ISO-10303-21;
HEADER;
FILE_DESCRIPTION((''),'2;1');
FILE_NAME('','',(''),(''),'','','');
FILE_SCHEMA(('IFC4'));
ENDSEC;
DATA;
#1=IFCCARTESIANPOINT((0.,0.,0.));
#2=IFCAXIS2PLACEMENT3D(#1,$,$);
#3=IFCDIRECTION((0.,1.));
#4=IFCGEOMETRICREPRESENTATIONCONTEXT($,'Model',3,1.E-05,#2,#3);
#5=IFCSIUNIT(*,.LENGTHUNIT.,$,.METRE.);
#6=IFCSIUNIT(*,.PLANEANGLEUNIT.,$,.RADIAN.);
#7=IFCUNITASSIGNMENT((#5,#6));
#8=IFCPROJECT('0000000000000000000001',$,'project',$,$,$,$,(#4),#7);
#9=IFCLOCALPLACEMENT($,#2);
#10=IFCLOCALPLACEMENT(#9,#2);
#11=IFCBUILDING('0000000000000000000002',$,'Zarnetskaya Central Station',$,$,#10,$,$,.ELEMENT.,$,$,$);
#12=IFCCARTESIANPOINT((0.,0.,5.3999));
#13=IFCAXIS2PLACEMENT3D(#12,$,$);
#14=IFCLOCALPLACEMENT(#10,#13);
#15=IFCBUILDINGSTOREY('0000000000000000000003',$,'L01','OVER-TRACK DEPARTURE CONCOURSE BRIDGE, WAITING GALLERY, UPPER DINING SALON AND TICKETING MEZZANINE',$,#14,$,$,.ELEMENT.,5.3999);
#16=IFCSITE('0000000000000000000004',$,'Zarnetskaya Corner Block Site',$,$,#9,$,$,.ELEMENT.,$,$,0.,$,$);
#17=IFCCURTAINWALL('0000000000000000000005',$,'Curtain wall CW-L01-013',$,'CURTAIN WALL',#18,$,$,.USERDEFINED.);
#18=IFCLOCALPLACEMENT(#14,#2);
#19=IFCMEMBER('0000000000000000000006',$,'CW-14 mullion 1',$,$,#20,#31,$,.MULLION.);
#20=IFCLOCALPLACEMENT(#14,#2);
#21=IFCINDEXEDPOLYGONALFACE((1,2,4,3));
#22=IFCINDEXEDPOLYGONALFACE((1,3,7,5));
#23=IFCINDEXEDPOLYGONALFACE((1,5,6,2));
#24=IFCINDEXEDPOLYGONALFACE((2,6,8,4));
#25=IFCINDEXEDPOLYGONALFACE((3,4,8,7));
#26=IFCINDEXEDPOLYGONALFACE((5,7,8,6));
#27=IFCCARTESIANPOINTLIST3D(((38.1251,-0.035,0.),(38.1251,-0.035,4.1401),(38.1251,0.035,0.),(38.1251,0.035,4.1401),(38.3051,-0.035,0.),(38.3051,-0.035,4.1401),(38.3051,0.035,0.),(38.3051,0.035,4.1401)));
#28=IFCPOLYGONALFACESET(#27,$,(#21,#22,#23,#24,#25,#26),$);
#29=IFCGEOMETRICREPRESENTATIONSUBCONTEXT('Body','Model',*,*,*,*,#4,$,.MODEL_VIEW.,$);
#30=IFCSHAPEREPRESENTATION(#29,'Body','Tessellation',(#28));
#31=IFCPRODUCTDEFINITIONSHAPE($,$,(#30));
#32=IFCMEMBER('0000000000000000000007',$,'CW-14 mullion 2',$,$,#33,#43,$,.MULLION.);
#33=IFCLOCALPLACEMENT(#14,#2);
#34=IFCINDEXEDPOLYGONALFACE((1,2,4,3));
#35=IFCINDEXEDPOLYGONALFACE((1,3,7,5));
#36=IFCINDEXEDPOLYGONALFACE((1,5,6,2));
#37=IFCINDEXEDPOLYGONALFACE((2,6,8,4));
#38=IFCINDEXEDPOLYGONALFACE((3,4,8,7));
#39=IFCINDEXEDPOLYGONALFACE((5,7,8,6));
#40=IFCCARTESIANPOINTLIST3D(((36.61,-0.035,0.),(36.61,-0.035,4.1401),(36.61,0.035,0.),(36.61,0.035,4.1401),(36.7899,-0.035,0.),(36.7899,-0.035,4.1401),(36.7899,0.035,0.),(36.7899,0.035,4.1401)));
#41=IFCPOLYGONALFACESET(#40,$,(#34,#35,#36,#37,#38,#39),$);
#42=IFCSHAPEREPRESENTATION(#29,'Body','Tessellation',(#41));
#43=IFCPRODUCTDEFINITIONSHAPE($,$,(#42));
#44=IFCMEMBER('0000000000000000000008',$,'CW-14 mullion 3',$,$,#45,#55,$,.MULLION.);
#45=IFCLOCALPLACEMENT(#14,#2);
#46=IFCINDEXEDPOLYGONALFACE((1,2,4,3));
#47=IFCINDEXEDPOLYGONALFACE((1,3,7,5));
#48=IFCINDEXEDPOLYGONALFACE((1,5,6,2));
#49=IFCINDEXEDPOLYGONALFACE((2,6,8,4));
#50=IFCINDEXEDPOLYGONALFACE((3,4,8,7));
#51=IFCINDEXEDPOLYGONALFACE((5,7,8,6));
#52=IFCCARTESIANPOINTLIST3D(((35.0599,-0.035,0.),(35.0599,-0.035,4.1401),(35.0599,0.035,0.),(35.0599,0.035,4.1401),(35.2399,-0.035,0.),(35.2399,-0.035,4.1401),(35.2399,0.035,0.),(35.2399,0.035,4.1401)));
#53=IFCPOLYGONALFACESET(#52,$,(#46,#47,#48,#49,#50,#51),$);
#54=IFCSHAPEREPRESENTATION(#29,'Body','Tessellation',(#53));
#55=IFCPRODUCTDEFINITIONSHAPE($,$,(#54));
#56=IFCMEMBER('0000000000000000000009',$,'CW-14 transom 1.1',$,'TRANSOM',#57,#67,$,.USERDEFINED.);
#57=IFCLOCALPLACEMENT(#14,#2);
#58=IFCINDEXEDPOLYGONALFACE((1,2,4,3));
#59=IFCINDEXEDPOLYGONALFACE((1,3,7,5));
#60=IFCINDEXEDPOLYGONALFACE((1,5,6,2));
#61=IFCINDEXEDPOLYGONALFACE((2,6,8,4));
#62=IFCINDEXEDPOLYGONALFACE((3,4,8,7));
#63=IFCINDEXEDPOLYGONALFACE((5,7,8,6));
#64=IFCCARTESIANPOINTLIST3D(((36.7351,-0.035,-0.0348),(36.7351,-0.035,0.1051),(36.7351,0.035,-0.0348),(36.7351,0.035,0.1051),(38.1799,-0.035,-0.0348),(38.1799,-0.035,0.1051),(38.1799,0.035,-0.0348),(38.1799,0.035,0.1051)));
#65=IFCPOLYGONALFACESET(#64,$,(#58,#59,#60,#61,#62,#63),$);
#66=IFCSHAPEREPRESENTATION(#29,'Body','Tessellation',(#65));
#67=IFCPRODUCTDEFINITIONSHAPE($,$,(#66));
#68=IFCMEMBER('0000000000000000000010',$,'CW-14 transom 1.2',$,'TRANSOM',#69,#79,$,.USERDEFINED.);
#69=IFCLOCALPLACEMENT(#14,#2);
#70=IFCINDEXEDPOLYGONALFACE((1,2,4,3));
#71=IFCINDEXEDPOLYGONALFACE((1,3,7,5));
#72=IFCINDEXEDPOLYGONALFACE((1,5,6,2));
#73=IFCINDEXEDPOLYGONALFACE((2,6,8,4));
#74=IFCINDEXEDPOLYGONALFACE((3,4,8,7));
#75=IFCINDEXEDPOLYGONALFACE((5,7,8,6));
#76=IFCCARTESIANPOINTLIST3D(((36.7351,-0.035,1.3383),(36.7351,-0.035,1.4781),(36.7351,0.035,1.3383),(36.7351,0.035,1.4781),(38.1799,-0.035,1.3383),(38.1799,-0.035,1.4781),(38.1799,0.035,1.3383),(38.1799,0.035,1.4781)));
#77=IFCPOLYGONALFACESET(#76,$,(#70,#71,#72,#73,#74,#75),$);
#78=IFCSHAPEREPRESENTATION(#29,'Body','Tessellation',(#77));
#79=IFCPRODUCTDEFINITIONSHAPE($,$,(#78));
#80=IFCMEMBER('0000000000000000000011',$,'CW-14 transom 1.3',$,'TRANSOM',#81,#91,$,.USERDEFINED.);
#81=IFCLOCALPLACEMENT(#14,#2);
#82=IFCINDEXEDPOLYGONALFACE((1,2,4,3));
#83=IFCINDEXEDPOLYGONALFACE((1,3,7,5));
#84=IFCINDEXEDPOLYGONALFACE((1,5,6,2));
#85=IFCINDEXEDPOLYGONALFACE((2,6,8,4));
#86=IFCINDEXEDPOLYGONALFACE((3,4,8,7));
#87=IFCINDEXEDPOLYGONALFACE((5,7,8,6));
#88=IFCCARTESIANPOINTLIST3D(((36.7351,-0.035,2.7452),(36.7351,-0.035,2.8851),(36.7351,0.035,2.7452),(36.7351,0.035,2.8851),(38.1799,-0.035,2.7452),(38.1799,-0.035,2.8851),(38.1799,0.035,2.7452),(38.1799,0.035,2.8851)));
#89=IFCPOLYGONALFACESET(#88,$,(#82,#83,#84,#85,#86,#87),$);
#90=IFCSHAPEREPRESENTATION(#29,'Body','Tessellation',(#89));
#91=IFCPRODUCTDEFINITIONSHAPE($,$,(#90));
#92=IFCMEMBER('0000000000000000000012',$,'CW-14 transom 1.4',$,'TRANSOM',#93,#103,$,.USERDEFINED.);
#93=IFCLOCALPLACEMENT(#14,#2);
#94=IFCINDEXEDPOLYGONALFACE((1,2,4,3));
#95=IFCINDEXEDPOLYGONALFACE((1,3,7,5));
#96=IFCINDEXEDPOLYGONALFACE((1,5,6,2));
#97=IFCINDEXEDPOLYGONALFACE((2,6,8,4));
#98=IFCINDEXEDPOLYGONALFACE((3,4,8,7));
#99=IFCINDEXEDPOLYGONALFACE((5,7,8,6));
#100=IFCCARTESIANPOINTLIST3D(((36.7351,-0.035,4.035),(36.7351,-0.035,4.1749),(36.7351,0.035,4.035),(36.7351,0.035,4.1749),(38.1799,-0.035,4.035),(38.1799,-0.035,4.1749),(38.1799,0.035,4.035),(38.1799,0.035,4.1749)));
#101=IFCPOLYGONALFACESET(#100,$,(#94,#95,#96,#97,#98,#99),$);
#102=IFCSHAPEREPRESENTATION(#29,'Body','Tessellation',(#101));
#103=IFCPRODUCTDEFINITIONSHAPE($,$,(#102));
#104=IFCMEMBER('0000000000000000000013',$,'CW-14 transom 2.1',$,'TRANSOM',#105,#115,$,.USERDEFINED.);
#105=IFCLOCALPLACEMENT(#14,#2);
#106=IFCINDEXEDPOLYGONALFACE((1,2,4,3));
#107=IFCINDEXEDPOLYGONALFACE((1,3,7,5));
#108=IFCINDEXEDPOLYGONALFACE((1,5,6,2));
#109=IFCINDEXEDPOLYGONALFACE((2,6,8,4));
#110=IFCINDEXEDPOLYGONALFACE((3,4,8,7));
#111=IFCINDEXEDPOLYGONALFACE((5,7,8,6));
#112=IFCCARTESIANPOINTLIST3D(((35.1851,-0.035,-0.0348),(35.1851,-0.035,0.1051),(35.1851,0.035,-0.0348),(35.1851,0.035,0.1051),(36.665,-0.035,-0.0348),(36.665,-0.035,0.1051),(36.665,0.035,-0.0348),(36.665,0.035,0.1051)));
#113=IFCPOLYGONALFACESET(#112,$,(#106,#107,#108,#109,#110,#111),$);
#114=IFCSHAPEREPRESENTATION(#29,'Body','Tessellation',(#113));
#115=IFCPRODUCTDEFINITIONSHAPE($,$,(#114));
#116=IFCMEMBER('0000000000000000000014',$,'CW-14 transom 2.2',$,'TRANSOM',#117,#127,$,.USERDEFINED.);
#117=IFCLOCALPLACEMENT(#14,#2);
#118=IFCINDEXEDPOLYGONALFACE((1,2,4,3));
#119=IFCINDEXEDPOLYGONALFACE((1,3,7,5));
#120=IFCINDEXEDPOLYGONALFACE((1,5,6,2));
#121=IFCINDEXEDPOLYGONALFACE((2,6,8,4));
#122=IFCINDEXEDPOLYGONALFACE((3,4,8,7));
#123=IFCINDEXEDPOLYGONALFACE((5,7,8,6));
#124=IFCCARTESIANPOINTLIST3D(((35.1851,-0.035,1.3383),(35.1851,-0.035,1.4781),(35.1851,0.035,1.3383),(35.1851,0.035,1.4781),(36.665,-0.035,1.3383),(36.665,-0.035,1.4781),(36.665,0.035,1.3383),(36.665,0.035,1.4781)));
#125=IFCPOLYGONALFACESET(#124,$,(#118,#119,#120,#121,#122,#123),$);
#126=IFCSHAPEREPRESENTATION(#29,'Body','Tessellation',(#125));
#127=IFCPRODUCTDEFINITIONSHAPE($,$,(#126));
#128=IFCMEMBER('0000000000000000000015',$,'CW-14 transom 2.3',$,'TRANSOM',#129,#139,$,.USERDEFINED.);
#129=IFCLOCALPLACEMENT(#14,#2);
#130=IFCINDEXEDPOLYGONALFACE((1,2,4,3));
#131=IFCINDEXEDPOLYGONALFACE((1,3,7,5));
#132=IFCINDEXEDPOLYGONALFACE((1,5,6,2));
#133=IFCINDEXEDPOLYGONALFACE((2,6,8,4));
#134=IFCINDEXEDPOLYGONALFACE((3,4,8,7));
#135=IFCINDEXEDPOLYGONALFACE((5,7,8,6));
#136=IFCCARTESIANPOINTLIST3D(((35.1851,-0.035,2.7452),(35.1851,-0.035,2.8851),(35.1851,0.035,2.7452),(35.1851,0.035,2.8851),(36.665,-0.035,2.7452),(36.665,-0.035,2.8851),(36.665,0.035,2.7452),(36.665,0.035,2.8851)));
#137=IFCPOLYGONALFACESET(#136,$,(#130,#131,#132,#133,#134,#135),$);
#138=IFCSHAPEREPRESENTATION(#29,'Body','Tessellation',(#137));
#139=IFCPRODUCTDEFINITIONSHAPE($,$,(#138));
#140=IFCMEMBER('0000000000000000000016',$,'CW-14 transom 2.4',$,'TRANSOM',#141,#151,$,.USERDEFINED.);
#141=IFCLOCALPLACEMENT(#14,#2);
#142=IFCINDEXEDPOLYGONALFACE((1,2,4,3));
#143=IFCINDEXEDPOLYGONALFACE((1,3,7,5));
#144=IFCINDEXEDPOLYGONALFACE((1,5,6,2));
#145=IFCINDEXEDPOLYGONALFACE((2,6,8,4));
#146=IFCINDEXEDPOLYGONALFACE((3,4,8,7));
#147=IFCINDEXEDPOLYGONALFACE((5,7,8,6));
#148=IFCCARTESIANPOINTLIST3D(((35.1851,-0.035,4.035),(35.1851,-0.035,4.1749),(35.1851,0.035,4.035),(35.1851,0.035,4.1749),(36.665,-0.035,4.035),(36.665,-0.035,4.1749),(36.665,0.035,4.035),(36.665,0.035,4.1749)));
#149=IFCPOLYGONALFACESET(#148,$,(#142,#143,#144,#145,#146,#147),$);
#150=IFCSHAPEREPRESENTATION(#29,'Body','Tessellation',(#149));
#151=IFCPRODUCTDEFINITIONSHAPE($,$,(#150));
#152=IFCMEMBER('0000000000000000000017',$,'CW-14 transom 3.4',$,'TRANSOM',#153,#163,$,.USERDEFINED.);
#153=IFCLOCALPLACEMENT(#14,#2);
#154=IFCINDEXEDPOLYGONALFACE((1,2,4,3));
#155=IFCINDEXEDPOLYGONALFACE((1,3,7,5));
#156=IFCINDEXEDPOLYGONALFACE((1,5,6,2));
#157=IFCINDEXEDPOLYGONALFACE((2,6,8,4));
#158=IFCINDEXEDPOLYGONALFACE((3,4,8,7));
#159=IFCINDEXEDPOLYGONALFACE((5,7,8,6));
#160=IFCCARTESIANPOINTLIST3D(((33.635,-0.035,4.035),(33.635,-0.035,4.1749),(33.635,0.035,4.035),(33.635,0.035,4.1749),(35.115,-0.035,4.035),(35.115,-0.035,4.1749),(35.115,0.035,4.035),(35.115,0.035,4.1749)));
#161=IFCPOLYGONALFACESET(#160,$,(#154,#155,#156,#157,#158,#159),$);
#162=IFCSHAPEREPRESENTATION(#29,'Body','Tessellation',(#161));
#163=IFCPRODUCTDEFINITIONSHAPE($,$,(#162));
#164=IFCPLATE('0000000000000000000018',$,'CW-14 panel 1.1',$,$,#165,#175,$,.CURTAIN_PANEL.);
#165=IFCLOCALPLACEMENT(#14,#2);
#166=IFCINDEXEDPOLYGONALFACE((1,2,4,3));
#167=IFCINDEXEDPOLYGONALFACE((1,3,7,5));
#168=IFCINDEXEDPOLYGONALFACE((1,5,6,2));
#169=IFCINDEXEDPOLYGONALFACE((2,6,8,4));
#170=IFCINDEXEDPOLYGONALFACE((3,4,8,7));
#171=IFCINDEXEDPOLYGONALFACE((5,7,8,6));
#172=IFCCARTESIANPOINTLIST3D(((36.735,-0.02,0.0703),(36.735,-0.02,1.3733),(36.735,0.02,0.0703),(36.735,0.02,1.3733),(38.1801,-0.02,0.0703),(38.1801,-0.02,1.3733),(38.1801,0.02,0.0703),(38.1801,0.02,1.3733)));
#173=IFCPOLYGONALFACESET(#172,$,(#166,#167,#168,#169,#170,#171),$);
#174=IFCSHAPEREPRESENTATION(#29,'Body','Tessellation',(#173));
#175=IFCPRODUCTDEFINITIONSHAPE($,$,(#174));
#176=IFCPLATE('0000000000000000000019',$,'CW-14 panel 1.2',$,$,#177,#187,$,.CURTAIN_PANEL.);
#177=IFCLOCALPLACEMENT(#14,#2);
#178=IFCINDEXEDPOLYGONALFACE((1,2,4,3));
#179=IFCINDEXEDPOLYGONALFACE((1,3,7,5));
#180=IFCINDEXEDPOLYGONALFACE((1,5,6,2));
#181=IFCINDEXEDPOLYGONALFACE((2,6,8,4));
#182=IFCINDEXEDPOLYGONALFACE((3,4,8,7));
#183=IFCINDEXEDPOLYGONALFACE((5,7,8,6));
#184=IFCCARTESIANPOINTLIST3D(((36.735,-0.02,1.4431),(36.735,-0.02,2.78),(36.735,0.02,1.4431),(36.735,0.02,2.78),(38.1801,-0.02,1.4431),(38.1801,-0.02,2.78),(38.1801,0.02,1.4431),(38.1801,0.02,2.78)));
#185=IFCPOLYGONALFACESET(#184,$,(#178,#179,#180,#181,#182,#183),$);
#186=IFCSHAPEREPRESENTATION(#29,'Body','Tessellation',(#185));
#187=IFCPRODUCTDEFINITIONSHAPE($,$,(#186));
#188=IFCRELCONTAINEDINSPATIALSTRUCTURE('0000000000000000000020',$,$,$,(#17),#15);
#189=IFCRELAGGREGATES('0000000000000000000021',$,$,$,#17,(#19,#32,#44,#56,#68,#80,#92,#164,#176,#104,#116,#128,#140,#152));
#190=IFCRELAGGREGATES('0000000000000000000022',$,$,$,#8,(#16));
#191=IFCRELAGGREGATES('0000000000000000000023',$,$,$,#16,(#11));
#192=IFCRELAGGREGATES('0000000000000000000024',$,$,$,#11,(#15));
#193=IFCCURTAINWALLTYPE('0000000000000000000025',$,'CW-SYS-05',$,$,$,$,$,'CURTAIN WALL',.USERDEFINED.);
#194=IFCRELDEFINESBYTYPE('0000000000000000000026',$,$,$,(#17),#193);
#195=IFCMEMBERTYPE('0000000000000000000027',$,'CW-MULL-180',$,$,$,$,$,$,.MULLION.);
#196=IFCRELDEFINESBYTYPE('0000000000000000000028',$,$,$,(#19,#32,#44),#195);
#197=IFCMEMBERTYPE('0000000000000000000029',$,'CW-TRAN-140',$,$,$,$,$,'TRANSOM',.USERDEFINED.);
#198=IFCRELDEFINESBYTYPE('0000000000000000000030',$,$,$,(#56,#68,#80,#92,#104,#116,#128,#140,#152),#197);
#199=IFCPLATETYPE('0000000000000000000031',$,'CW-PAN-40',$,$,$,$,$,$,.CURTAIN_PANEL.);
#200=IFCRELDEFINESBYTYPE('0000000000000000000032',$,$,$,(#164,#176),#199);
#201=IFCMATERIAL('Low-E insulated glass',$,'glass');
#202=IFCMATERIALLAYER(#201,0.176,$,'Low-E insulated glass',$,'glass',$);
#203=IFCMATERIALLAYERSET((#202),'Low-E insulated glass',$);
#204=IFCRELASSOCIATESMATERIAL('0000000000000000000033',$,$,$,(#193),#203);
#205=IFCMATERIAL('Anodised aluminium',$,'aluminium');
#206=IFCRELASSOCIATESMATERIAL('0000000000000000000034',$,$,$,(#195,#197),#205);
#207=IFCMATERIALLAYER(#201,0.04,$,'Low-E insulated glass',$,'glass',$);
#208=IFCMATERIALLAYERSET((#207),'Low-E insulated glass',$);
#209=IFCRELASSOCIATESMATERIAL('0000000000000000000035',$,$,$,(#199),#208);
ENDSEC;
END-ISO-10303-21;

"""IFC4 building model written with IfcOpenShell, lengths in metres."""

from ifc_helpers import new_model, si_unit, direction, frame, origin, origin_2d, place, context, subcontext, project, spatial, rectangle, extrude, material, layer, layer_set, material_profile, profile_set, type_object, element, aggregate, save


model = new_model("IFC4")

# Units and contexts
model_context = context("Model", 3, precision=1e-05, world=origin(), true_north=direction((0.0, 1.0)))
body_context = subcontext(model_context, "Body", "Model", "MODEL_VIEW")
ifc_project = project(units=[si_unit("LENGTHUNIT", "METRE"), si_unit("PLANEANGLEUNIT", "RADIAN")], contexts=[model_context])

# Site, building, storey
site_placement = place(None, origin())
site = spatial("IfcSite", under=ifc_project, at=site_placement, Name="Zarnetskaya Corner Block Site", CompositionType="ELEMENT", RefElevation=0.0)
building_placement = place(site_placement, origin())
building = spatial("IfcBuilding", under=site, at=building_placement, Name="Zarnetskaya Central Station", CompositionType="ELEMENT")
storey_placement = place(building_placement, frame((0.0, 0.0, 5.3999)))
storey = spatial("IfcBuildingStorey", under=building, at=storey_placement, Name="L01", Description="OVER-TRACK DEPARTURE CONCOURSE BRIDGE, WAITING GALLERY, UPPER DINING SALON AND TICKETING MEZZANINE", CompositionType="ELEMENT", Elevation=5.3999)

# Curtain wall, members, plates
ifc_material_1 = material(Name="Low-E insulated glass", Category="glass")
ifc_layer_1 = layer(ifc_material_1, 0.176, Name="Low-E insulated glass", Category="glass")
ifc_layer_set_1 = layer_set([ifc_layer_1], Name="Low-E insulated glass")
curtain_wall_type = type_object("IfcCurtainWallType", Name="CW-SYS-05", ElementType="CURTAIN WALL", PredefinedType="USERDEFINED", material=ifc_layer_set_1)
curtain_wall_placement = place(storey_placement, origin())
curtain_wall = element("IfcCurtainWall", 1, at=curtain_wall_placement, inside=storey, type_object=curtain_wall_type, Name="Curtain wall CW-L01-013", ObjectType="CURTAIN WALL", PredefinedType="USERDEFINED")
ifc_material_2 = material(Name="Anodised aluminium", Category="aluminium")
ifc_material_profile_1 = material_profile(ifc_material_2, rectangle(XDim=0.0701, YDim=0.1799, at=origin_2d()), Name="ALU MULL 70x180")
ifc_profile_set_1 = profile_set([ifc_material_profile_1], Name="Anodised aluminium")
member_type_1 = type_object("IfcMemberType", Name="CW-MULL-180", PredefinedType="MULLION", material=ifc_profile_set_1)
member_1_placement = place(storey_placement, frame((38.2151, 0.0, 0.0), z_axis=(0.0, 0.0, 1.0), x_axis=(0.0, -1.0, 0.0)))
member_1 = element("IfcMember", 2, at=member_1_placement, type_object=member_type_1, Name="CW-14 mullion 1", PredefinedType="MULLION", context=body_context, shape_type="SweptSolid", body=[
    extrude(rectangle(XDim=0.0701, YDim=0.1799, at=origin_2d()), origin(), (0.0, 0.0, 1.0), 4.1401),
])
member_2_placement = place(storey_placement, frame((36.7, 0.0, 0.0), z_axis=(0.0, 0.0, 1.0), x_axis=(0.0, -1.0, 0.0)))
member_2 = element("IfcMember", 3, at=member_2_placement, type_object=member_type_1, Name="CW-14 mullion 2", PredefinedType="MULLION", context=body_context, shape_type="SweptSolid", body=[
    extrude(rectangle(XDim=0.0701, YDim=0.1799, at=origin_2d()), origin(), (0.0, 0.0, 1.0), 4.1401),
])
member_3_placement = place(storey_placement, frame((35.1499, 0.0, 0.0), z_axis=(0.0, 0.0, 1.0), x_axis=(0.0, -1.0, 0.0)))
member_3 = element("IfcMember", 4, at=member_3_placement, type_object=member_type_1, Name="CW-14 mullion 3", PredefinedType="MULLION", context=body_context, shape_type="SweptSolid", body=[
    extrude(rectangle(XDim=0.0701, YDim=0.1799, at=origin_2d()), origin(), (0.0, 0.0, 1.0), 4.1401),
])
ifc_material_profile_2 = material_profile(ifc_material_2, rectangle(XDim=0.0701, YDim=0.1399, at=origin_2d()), Name="ALU TRAN 70x140")
ifc_profile_set_2 = profile_set([ifc_material_profile_2], Name="Anodised aluminium")
member_type_2 = type_object("IfcMemberType", Name="CW-TRAN-140", ElementType="TRANSOM", PredefinedType="USERDEFINED", material=ifc_profile_set_2)
member_4_placement = place(storey_placement, frame((38.1799, 0.0, 0.0352), z_axis=(-1.0, 0.0, 0.0), x_axis=(0.0, -1.0, 0.0)))
member_4 = element("IfcMember", 5, at=member_4_placement, type_object=member_type_2, Name="CW-14 transom 1.1", ObjectType="TRANSOM", PredefinedType="USERDEFINED", context=body_context, shape_type="SweptSolid", body=[
    extrude(rectangle(XDim=0.0701, YDim=0.1399, at=origin_2d()), origin(), (0.0, 0.0, 1.0), 1.4448),
])
member_5_placement = place(storey_placement, frame((38.1799, 0.0, 1.4082), z_axis=(-1.0, 0.0, 0.0), x_axis=(0.0, -1.0, 0.0)))
member_5 = element("IfcMember", 6, at=member_5_placement, type_object=member_type_2, Name="CW-14 transom 1.2", ObjectType="TRANSOM", PredefinedType="USERDEFINED", context=body_context, shape_type="SweptSolid", body=[
    extrude(rectangle(XDim=0.0701, YDim=0.1399, at=origin_2d()), origin(), (0.0, 0.0, 1.0), 1.4448),
])
member_6_placement = place(storey_placement, frame((38.1799, 0.0, 2.8152), z_axis=(-1.0, 0.0, 0.0), x_axis=(0.0, -1.0, 0.0)))
member_6 = element("IfcMember", 7, at=member_6_placement, type_object=member_type_2, Name="CW-14 transom 1.3", ObjectType="TRANSOM", PredefinedType="USERDEFINED", context=body_context, shape_type="SweptSolid", body=[
    extrude(rectangle(XDim=0.0701, YDim=0.1399, at=origin_2d()), origin(), (0.0, 0.0, 1.0), 1.4448),
])
member_7_placement = place(storey_placement, frame((38.1799, 0.0, 4.105), z_axis=(-1.0, 0.0, 0.0), x_axis=(0.0, -1.0, 0.0)))
member_7 = element("IfcMember", 8, at=member_7_placement, type_object=member_type_2, Name="CW-14 transom 1.4", ObjectType="TRANSOM", PredefinedType="USERDEFINED", context=body_context, shape_type="SweptSolid", body=[
    extrude(rectangle(XDim=0.0701, YDim=0.1399, at=origin_2d()), origin(), (0.0, 0.0, 1.0), 1.4448),
])
member_8_placement = place(storey_placement, frame((36.665, 0.0, 0.0352), z_axis=(-1.0, 0.0, 0.0), x_axis=(0.0, -1.0, 0.0)))
member_8 = element("IfcMember", 9, at=member_8_placement, type_object=member_type_2, Name="CW-14 transom 2.1", ObjectType="TRANSOM", PredefinedType="USERDEFINED", context=body_context, shape_type="SweptSolid", body=[
    extrude(rectangle(XDim=0.0701, YDim=0.1399, at=origin_2d()), origin(), (0.0, 0.0, 1.0), 1.48),
])
member_9_placement = place(storey_placement, frame((36.665, 0.0, 1.4082), z_axis=(-1.0, 0.0, 0.0), x_axis=(0.0, -1.0, 0.0)))
member_9 = element("IfcMember", 10, at=member_9_placement, type_object=member_type_2, Name="CW-14 transom 2.2", ObjectType="TRANSOM", PredefinedType="USERDEFINED", context=body_context, shape_type="SweptSolid", body=[
    extrude(rectangle(XDim=0.0701, YDim=0.1399, at=origin_2d()), origin(), (0.0, 0.0, 1.0), 1.48),
])
member_10_placement = place(storey_placement, frame((36.665, 0.0, 2.8152), z_axis=(-1.0, 0.0, 0.0), x_axis=(0.0, -1.0, 0.0)))
member_10 = element("IfcMember", 11, at=member_10_placement, type_object=member_type_2, Name="CW-14 transom 2.3", ObjectType="TRANSOM", PredefinedType="USERDEFINED", context=body_context, shape_type="SweptSolid", body=[
    extrude(rectangle(XDim=0.0701, YDim=0.1399, at=origin_2d()), origin(), (0.0, 0.0, 1.0), 1.48),
])
member_11_placement = place(storey_placement, frame((36.665, 0.0, 4.105), z_axis=(-1.0, 0.0, 0.0), x_axis=(0.0, -1.0, 0.0)))
member_11 = element("IfcMember", 12, at=member_11_placement, type_object=member_type_2, Name="CW-14 transom 2.4", ObjectType="TRANSOM", PredefinedType="USERDEFINED", context=body_context, shape_type="SweptSolid", body=[
    extrude(rectangle(XDim=0.0701, YDim=0.1399, at=origin_2d()), origin(), (0.0, 0.0, 1.0), 1.48),
])
member_12_placement = place(storey_placement, frame((35.115, 0.0, 4.105), z_axis=(-1.0, 0.0, 0.0), x_axis=(0.0, -1.0, 0.0)))
member_12 = element("IfcMember", 13, at=member_12_placement, type_object=member_type_2, Name="CW-14 transom 3.4", ObjectType="TRANSOM", PredefinedType="USERDEFINED", context=body_context, shape_type="SweptSolid", body=[
    extrude(rectangle(XDim=0.0701, YDim=0.1399, at=origin_2d()), origin(), (0.0, 0.0, 1.0), 1.48),
])
ifc_layer_2 = layer(ifc_material_1, 0.04, Name="Low-E insulated glass", Category="glass")
ifc_layer_set_2 = layer_set([ifc_layer_2], Name="Low-E insulated glass")
plate_type = type_object("IfcPlateType", Name="CW-PAN-40", PredefinedType="CURTAIN_PANEL", material=ifc_layer_set_2)
plate_1_placement = place(storey_placement, frame((37.4575, 0.0, 0.0703), z_axis=(0.0, 0.0, 1.0), x_axis=(-1.0, 0.0, 0.0)))
plate_1 = element("IfcPlate", 14, at=plate_1_placement, type_object=plate_type, Name="CW-14 panel 1.1", PredefinedType="CURTAIN_PANEL", context=body_context, shape_type="SweptSolid", body=[
    extrude(rectangle(XDim=1.4451, YDim=0.04, at=origin_2d()), origin(), (0.0, 0.0, 1.0), 1.303),
])
plate_2_placement = place(storey_placement, frame((37.4575, 0.0, 1.4431), z_axis=(0.0, 0.0, 1.0), x_axis=(-1.0, 0.0, 0.0)))
plate_2 = element("IfcPlate", 15, at=plate_2_placement, type_object=plate_type, Name="CW-14 panel 1.2", PredefinedType="CURTAIN_PANEL", context=body_context, shape_type="SweptSolid", body=[
    extrude(rectangle(XDim=1.4451, YDim=0.04, at=origin_2d()), origin(), (0.0, 0.0, 1.0), 1.3369),
])
aggregate(curtain_wall, [member_1, member_2, member_3, member_4, member_5, member_6, member_7, plate_1, plate_2, member_8, member_9, member_10, member_11, member_12])

save(model, "model.ifc")
